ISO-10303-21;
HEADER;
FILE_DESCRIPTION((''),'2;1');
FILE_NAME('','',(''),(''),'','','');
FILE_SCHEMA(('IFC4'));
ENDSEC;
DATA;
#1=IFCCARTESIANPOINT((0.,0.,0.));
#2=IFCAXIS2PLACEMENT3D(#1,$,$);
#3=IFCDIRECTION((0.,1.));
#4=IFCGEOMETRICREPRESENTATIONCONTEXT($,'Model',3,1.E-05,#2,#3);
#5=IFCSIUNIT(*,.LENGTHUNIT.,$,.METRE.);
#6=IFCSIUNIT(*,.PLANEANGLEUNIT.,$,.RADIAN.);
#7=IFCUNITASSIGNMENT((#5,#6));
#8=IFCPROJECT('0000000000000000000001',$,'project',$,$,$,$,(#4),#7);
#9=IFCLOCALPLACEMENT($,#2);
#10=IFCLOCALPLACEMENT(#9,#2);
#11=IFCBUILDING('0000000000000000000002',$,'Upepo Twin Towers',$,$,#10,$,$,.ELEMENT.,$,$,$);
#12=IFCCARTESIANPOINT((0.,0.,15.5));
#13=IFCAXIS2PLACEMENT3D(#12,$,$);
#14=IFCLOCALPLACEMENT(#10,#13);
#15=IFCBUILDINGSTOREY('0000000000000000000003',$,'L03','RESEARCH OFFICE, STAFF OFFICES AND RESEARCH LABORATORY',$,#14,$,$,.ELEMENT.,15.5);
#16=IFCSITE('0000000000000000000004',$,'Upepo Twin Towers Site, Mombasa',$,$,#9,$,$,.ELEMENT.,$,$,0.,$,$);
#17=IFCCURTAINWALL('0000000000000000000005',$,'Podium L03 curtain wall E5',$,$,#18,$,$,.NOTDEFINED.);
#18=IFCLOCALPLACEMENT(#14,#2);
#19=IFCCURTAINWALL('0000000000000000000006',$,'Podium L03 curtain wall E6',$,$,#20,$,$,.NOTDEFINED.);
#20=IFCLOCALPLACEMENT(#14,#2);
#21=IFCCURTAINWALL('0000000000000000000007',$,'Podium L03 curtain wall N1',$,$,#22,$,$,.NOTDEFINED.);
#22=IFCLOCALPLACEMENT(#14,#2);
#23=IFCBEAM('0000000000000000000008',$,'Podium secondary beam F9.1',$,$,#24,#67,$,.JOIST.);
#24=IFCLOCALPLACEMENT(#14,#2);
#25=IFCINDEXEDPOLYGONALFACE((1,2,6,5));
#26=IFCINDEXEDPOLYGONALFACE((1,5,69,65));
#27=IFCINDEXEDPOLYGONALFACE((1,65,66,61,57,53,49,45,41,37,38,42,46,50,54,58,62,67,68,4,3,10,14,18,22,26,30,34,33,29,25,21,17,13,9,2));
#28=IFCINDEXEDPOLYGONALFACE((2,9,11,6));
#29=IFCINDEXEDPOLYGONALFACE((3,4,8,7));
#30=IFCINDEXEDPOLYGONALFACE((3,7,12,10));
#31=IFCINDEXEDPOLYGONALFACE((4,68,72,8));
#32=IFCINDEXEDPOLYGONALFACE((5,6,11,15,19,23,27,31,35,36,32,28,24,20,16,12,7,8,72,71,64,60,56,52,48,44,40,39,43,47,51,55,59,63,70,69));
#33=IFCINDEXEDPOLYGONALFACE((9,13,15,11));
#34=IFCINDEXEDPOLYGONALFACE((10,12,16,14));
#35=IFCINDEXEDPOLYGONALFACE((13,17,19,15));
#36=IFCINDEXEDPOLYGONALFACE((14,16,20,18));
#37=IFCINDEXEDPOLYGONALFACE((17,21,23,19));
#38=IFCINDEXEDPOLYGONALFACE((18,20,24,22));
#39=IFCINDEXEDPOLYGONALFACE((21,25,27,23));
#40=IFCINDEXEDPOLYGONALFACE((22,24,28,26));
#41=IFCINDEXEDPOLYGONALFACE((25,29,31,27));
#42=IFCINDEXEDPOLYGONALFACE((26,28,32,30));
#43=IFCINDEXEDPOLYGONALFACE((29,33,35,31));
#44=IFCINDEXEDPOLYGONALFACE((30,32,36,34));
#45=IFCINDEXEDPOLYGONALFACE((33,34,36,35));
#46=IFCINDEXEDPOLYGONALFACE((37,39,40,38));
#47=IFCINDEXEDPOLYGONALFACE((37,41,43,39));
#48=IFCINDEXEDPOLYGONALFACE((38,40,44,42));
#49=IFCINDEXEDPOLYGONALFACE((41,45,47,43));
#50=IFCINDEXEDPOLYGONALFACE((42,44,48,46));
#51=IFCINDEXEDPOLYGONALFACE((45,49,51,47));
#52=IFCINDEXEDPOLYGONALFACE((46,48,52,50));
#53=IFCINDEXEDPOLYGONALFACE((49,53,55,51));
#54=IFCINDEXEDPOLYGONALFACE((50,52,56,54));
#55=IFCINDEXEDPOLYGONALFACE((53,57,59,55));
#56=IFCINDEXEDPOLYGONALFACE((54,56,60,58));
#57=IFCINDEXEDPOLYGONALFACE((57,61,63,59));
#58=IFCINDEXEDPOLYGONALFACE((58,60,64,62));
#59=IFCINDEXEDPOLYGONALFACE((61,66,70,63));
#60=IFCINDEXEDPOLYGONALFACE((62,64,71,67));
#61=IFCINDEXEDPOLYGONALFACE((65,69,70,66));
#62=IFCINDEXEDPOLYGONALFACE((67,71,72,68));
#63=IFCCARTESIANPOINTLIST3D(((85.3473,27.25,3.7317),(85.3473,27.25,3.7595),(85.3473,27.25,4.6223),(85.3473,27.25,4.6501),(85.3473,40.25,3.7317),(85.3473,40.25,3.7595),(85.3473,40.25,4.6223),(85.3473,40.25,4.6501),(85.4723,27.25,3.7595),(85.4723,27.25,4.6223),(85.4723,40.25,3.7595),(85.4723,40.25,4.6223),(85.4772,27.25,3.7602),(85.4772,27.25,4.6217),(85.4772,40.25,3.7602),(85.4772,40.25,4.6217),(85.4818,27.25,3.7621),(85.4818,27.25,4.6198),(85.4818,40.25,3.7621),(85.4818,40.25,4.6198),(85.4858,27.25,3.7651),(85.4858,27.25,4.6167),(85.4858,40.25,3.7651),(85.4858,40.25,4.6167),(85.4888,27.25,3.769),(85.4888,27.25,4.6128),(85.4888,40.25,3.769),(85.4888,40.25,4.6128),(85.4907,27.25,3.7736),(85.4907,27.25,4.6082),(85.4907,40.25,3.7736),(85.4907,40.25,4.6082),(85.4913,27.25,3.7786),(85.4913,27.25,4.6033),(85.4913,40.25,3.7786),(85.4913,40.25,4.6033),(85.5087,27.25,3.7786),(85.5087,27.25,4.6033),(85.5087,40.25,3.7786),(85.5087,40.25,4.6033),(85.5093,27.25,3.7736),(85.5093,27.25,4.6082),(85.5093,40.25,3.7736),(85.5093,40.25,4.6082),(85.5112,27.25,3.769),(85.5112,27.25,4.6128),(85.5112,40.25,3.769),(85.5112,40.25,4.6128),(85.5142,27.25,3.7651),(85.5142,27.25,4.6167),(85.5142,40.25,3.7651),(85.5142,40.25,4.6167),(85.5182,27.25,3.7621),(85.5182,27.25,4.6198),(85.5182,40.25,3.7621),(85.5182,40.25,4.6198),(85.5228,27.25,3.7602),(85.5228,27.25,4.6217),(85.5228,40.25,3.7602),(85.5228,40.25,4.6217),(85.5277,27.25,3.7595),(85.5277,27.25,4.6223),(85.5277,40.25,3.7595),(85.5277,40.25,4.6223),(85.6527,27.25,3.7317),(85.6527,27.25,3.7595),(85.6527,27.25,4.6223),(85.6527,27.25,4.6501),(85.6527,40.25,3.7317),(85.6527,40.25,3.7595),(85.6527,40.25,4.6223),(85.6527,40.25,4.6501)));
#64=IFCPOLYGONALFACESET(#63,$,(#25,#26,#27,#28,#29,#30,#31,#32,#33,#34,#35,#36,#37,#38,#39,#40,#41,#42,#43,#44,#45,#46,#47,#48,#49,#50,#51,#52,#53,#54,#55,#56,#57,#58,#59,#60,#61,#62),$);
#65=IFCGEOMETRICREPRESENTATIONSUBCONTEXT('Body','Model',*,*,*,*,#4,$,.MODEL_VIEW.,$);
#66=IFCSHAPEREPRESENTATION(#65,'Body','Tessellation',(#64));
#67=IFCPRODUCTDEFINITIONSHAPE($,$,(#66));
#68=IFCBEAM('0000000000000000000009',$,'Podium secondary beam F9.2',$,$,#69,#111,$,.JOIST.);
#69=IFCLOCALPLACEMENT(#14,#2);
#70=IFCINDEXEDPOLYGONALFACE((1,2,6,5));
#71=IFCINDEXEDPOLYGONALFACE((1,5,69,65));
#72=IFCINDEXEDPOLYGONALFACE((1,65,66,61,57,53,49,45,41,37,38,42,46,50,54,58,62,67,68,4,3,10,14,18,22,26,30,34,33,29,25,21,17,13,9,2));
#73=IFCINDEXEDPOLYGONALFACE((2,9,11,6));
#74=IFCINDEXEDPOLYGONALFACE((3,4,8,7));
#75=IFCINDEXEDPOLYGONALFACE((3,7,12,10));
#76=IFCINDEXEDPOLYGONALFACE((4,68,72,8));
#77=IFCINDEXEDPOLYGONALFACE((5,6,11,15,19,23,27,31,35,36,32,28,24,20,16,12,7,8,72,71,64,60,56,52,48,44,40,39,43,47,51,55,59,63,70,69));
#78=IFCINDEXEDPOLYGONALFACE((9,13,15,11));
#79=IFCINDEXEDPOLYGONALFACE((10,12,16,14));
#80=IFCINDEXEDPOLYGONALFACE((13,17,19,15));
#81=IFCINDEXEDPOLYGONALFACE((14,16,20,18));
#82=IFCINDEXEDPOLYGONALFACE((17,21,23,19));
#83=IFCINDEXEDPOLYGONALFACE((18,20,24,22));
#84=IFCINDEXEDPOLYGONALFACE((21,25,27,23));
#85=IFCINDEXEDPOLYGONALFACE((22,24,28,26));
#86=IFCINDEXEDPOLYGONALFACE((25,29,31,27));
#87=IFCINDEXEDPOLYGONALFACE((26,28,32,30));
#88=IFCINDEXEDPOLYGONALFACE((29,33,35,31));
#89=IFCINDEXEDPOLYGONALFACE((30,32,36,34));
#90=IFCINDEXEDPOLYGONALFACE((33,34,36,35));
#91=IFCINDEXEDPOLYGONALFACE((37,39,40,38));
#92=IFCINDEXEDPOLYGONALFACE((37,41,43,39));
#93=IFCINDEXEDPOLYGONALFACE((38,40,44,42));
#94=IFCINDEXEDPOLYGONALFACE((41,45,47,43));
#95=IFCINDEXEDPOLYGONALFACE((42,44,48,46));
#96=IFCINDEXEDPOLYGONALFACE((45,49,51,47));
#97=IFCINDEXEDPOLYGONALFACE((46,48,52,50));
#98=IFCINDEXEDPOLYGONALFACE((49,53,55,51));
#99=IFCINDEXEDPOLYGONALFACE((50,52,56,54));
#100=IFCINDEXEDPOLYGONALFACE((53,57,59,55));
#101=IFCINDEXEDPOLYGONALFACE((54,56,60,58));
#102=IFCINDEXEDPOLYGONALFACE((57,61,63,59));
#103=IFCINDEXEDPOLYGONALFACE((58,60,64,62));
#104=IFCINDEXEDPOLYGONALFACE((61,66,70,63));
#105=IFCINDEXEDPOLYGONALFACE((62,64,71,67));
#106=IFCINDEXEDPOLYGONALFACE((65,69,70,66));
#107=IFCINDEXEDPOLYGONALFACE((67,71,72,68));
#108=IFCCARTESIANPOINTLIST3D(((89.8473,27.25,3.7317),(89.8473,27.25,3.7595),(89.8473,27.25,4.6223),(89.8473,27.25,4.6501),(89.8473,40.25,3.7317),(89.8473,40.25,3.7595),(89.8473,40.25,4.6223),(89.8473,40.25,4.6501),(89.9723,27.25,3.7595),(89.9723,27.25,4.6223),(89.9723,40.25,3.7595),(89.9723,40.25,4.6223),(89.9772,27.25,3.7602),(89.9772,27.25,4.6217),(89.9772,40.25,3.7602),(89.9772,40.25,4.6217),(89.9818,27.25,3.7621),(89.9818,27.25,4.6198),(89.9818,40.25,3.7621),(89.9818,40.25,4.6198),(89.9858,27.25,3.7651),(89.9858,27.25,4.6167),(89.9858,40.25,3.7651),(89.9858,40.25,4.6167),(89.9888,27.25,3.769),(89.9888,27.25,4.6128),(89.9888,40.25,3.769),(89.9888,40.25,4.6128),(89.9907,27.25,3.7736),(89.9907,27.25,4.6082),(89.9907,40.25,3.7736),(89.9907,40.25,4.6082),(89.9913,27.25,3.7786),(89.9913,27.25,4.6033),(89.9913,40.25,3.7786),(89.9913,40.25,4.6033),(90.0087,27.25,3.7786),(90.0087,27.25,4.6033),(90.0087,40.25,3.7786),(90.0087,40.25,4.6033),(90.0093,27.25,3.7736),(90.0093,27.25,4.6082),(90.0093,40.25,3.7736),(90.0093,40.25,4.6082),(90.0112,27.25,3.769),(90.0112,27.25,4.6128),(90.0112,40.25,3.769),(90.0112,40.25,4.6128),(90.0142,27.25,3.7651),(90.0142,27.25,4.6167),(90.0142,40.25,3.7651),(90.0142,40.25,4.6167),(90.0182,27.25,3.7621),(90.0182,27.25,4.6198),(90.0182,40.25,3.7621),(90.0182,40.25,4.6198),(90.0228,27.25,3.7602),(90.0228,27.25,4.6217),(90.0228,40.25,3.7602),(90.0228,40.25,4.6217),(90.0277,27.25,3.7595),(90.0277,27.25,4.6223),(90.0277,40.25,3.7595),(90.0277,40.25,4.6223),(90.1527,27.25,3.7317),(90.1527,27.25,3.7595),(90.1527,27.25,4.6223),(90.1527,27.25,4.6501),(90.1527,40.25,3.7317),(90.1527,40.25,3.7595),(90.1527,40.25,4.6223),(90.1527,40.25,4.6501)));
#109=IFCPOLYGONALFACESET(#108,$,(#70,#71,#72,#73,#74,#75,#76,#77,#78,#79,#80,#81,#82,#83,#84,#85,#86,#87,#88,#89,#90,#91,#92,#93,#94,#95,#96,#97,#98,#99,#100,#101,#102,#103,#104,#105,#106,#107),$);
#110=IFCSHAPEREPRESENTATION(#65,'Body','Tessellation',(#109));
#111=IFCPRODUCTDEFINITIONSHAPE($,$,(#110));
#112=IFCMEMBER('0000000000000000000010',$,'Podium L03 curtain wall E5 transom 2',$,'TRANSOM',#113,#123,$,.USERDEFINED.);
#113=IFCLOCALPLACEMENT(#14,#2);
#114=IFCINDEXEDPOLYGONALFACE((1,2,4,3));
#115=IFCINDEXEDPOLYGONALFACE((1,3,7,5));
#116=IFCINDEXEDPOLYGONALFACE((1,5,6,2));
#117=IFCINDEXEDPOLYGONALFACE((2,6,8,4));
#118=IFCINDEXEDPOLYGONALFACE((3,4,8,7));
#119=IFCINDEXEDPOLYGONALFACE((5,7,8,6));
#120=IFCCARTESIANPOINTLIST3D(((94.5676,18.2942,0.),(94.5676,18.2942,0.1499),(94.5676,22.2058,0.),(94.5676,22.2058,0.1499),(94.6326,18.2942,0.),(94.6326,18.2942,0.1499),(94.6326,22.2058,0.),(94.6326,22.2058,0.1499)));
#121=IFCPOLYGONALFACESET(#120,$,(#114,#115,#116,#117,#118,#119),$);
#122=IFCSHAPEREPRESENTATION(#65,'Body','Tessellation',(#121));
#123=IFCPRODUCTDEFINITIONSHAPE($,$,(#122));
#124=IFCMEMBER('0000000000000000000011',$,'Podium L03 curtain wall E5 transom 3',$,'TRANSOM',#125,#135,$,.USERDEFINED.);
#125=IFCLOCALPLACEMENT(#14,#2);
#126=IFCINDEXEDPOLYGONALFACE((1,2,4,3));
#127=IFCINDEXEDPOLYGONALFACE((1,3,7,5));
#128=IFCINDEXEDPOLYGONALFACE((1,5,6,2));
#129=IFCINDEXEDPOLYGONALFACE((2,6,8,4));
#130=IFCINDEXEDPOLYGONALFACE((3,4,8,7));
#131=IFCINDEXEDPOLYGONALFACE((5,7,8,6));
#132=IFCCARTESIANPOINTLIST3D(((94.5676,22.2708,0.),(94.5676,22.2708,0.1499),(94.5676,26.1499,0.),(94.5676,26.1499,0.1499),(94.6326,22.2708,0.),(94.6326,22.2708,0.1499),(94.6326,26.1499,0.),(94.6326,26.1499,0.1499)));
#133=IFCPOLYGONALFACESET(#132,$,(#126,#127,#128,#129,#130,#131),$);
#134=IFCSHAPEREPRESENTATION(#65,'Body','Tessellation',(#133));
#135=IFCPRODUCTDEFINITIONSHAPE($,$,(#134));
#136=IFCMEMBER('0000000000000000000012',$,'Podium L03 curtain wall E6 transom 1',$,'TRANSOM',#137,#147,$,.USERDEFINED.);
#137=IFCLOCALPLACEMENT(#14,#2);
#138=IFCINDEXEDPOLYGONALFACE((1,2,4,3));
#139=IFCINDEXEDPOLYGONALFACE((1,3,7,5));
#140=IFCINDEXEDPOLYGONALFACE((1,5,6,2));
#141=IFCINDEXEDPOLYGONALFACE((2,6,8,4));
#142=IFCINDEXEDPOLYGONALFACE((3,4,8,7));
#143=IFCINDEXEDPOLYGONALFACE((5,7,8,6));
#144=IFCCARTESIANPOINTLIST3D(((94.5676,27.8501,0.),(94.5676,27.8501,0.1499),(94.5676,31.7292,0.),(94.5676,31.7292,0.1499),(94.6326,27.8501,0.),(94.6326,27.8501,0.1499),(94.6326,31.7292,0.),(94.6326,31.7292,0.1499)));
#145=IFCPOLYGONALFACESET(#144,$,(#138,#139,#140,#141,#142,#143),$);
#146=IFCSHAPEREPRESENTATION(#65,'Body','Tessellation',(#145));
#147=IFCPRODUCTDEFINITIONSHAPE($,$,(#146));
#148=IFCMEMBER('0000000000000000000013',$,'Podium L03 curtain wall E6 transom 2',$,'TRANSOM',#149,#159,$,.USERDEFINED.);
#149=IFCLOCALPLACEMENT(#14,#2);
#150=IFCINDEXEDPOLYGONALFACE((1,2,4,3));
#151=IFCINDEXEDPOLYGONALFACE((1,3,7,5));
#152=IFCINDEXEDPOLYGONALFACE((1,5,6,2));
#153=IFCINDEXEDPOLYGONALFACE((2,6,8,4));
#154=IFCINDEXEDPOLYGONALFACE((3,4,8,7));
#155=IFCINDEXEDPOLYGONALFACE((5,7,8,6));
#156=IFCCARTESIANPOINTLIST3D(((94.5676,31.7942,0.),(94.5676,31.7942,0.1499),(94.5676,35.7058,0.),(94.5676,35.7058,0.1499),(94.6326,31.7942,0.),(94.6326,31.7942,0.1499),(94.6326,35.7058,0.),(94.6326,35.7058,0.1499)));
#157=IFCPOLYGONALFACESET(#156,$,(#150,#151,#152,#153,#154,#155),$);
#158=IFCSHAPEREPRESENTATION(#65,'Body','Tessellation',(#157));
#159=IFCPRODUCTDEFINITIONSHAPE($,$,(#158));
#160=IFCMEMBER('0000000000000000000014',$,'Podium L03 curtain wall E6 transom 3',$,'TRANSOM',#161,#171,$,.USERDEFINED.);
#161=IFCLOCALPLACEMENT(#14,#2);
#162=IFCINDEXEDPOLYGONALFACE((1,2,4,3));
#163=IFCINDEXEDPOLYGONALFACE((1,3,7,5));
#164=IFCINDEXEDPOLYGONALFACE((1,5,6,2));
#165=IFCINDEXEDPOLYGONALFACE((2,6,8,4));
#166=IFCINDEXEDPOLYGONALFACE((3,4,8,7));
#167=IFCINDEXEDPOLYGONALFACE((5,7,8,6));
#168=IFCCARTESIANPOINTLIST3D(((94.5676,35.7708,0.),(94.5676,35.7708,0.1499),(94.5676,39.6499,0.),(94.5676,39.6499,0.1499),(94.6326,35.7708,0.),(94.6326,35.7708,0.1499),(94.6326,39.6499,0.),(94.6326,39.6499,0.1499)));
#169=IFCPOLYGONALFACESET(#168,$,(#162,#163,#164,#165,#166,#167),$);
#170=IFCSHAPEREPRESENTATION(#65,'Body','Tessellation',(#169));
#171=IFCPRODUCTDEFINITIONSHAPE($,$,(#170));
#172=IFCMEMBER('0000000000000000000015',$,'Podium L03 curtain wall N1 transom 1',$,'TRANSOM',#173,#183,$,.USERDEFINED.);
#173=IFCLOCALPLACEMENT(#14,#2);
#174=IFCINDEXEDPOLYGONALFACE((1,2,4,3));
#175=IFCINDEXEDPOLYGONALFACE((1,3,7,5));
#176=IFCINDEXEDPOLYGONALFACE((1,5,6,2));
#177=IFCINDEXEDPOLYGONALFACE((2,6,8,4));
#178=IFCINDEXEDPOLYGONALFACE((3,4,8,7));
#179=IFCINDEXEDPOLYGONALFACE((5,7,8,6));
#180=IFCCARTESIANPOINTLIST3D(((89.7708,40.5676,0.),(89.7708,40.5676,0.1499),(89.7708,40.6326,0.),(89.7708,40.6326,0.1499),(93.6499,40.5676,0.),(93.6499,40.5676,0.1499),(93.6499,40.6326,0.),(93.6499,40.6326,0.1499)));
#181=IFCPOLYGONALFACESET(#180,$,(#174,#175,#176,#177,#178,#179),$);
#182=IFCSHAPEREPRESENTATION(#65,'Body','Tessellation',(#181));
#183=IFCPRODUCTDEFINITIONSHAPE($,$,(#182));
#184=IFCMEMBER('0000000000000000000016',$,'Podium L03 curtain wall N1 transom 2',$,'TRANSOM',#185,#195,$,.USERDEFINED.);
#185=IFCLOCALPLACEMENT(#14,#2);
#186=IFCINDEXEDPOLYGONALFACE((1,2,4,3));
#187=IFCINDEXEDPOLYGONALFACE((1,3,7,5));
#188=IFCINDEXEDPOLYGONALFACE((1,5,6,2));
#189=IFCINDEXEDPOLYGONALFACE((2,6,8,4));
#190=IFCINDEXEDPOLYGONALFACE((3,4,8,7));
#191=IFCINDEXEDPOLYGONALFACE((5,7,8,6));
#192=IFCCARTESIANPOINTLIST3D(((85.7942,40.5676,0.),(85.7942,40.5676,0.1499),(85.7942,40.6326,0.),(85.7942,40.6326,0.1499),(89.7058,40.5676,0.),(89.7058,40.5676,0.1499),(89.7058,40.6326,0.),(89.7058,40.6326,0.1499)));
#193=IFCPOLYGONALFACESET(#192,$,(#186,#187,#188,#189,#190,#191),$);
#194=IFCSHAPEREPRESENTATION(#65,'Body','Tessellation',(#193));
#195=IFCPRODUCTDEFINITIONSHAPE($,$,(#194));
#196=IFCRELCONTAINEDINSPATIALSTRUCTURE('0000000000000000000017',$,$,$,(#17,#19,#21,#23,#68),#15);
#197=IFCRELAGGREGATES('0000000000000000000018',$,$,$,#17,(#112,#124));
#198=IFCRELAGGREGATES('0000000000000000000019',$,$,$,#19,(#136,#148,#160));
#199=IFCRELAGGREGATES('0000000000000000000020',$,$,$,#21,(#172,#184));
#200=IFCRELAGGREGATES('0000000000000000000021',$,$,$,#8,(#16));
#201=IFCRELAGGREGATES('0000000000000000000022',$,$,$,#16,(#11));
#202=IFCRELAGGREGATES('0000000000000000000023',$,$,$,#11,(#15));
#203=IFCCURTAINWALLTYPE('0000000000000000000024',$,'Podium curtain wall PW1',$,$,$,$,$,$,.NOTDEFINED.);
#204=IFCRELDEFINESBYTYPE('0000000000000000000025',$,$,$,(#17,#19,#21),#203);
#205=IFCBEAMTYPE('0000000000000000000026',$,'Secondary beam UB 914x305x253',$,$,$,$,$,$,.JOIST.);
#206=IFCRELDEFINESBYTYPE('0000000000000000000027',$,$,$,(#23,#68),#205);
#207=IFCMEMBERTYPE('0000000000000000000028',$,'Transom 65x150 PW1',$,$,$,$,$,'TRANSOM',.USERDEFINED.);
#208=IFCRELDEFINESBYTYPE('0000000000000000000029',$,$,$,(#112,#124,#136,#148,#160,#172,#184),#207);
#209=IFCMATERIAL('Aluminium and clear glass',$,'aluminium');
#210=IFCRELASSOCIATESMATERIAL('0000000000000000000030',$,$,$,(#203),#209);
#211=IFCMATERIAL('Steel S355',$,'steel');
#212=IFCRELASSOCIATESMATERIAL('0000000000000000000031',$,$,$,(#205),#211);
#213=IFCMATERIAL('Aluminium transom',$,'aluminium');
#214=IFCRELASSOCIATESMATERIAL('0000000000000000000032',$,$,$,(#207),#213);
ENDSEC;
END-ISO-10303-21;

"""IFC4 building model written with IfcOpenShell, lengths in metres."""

from ifc_helpers import new_model, si_unit, direction, frame, origin, origin_2d, place, context, subcontext, project, spatial, rectangle, i_section, extrude, material, material_profile, profile_set, type_object, element, aggregate, save


model = new_model("IFC4")

# Units and contexts
model_context = context("Model", 3, precision=1e-05, world=origin(), true_north=direction((0.0, 1.0)))
body_context = subcontext(model_context, "Body", "Model", "MODEL_VIEW")
ifc_project = project(units=[si_unit("LENGTHUNIT", "METRE"), si_unit("PLANEANGLEUNIT", "RADIAN")], contexts=[model_context])

# Site, building, storey
site_placement = place(None, origin())
site = spatial("IfcSite", under=ifc_project, at=site_placement, Name="Upepo Twin Towers Site, Mombasa", CompositionType="ELEMENT", RefElevation=0.0)
building_placement = place(site_placement, origin())
building = spatial("IfcBuilding", under=site, at=building_placement, Name="Upepo Twin Towers", CompositionType="ELEMENT")
storey_placement = place(building_placement, frame((0.0, 0.0, 15.5)))
storey = spatial("IfcBuildingStorey", under=building, at=storey_placement, Name="L03", Description="RESEARCH OFFICE, STAFF OFFICES AND RESEARCH LABORATORY", CompositionType="ELEMENT", Elevation=15.5)

# Curtain walls
ifc_material_1 = material(Name="Aluminium and clear glass", Category="aluminium")
curtain_wall_type = type_object("IfcCurtainWallType", Name="Podium curtain wall PW1", PredefinedType="NOTDEFINED", material=ifc_material_1)
curtain_wall_1_placement = place(storey_placement, origin())
curtain_wall_1 = element("IfcCurtainWall", 1, at=curtain_wall_1_placement, inside=storey, type_object=curtain_wall_type, Name="Podium L03 curtain wall E5", PredefinedType="NOTDEFINED")
curtain_wall_2_placement = place(storey_placement, origin())
curtain_wall_2 = element("IfcCurtainWall", 2, at=curtain_wall_2_placement, inside=storey, type_object=curtain_wall_type, Name="Podium L03 curtain wall E6", PredefinedType="NOTDEFINED")
curtain_wall_3_placement = place(storey_placement, origin())
curtain_wall_3 = element("IfcCurtainWall", 3, at=curtain_wall_3_placement, inside=storey, type_object=curtain_wall_type, Name="Podium L03 curtain wall N1", PredefinedType="NOTDEFINED")

# Beams
ifc_material_2 = material(Name="Steel S355", Category="steel")
ifc_material_profile_1 = material_profile(ifc_material_2, i_section(OverallWidth=0.3054, OverallDepth=0.9185, WebThickness=0.0173, FlangeThickness=0.0278, FilletRadius=0.019, at=origin_2d()), Name="UB 914x305x253")
ifc_profile_set_1 = profile_set([ifc_material_profile_1], Name="Steel S355")
beam_type_1 = type_object("IfcBeamType", Name="Secondary beam UB 914x305x253", PredefinedType="JOIST", material=ifc_profile_set_1)
for number, where, z_axis, x_axis, name in (
    (4, (85.5, 27.25, 4.1909), (0.0, 1.0, 0.0), (-1.0, 0.0, 0.0), "Podium secondary beam F9.1"),
    (5, (90.0, 27.25, 4.1909), (0.0, 1.0, 0.0), (-1.0, 0.0, 0.0), "Podium secondary beam F9.2"),
):
    element("IfcBeam", number, at=place(storey_placement, frame(where, z_axis=z_axis, x_axis=x_axis)), inside=storey, type_object=beam_type_1, Name=name, PredefinedType="JOIST", context=body_context, shape_type="SweptSolid", body=[
        extrude(i_section(OverallWidth=0.3054, OverallDepth=0.9185, WebThickness=0.0173, FlangeThickness=0.0278, FilletRadius=0.019, at=origin_2d()), origin(), (0.0, 0.0, 1.0), 13.0),
    ])

# Members
ifc_material_3 = material(Name="Aluminium transom", Category="aluminium")
ifc_material_profile_2 = material_profile(ifc_material_3, rectangle(XDim=0.0649, YDim=0.1499, at=origin_2d()), Name="TRANSOM 65x150 PODIUM")
ifc_profile_set_2 = profile_set([ifc_material_profile_2], Name="Aluminium transom")
member_type_1 = type_object("IfcMemberType", Name="Transom 65x150 PW1", ElementType="TRANSOM", PredefinedType="USERDEFINED", material=ifc_profile_set_2)
member_1_placement = place(storey_placement, frame((94.6001, 18.2942, 0.075), z_axis=(0.0, 1.0, 0.0), x_axis=(-1.0, 0.0, 0.0)))
member_1 = element("IfcMember", 6, at=member_1_placement, type_object=member_type_1, Name="Podium L03 curtain wall E5 transom 2", ObjectType="TRANSOM", PredefinedType="USERDEFINED", context=body_context, shape_type="SweptSolid", body=[
    extrude(rectangle(XDim=0.0649, YDim=0.1499, at=origin_2d()), origin(), (0.0, 0.0, 1.0), 3.9116),
])
member_2_placement = place(storey_placement, frame((94.6001, 22.2708, 0.075), z_axis=(0.0, 1.0, 0.0), x_axis=(-1.0, 0.0, 0.0)))
member_2 = element("IfcMember", 7, at=member_2_placement, type_object=member_type_1, Name="Podium L03 curtain wall E5 transom 3", ObjectType="TRANSOM", PredefinedType="USERDEFINED", context=body_context, shape_type="SweptSolid", body=[
    extrude(rectangle(XDim=0.0649, YDim=0.1499, at=origin_2d()), origin(), (0.0, 0.0, 1.0), 3.8792),
])
member_3_placement = place(storey_placement, frame((94.6001, 27.8501, 0.075), z_axis=(0.0, 1.0, 0.0), x_axis=(-1.0, 0.0, 0.0)))
member_3 = element("IfcMember", 8, at=member_3_placement, type_object=member_type_1, Name="Podium L03 curtain wall E6 transom 1", ObjectType="TRANSOM", PredefinedType="USERDEFINED", context=body_context, shape_type="SweptSolid", body=[
    extrude(rectangle(XDim=0.0649, YDim=0.1499, at=origin_2d()), origin(), (0.0, 0.0, 1.0), 3.8792),
])
member_4_placement = place(storey_placement, frame((94.6001, 31.7942, 0.075), z_axis=(0.0, 1.0, 0.0), x_axis=(-1.0, 0.0, 0.0)))
member_4 = element("IfcMember", 9, at=member_4_placement, type_object=member_type_1, Name="Podium L03 curtain wall E6 transom 2", ObjectType="TRANSOM", PredefinedType="USERDEFINED", context=body_context, shape_type="SweptSolid", body=[
    extrude(rectangle(XDim=0.0649, YDim=0.1499, at=origin_2d()), origin(), (0.0, 0.0, 1.0), 3.9116),
])
member_5_placement = place(storey_placement, frame((94.6001, 35.7708, 0.075), z_axis=(0.0, 1.0, 0.0), x_axis=(-1.0, 0.0, 0.0)))
member_5 = element("IfcMember", 10, at=member_5_placement, type_object=member_type_1, Name="Podium L03 curtain wall E6 transom 3", ObjectType="TRANSOM", PredefinedType="USERDEFINED", context=body_context, shape_type="SweptSolid", body=[
    extrude(rectangle(XDim=0.0649, YDim=0.1499, at=origin_2d()), origin(), (0.0, 0.0, 1.0), 3.8792),
])
member_6_placement = place(storey_placement, frame((93.6499, 40.6001, 0.075), z_axis=(-1.0, 0.0, 0.0), x_axis=(0.0, -1.0, 0.0)))
member_6 = element("IfcMember", 11, at=member_6_placement, type_object=member_type_1, Name="Podium L03 curtain wall N1 transom 1", ObjectType="TRANSOM", PredefinedType="USERDEFINED", context=body_context, shape_type="SweptSolid", body=[
    extrude(rectangle(XDim=0.0649, YDim=0.1499, at=origin_2d()), origin(), (0.0, 0.0, 1.0), 3.8792),
])
member_7_placement = place(storey_placement, frame((89.7058, 40.6001, 0.075), z_axis=(-1.0, 0.0, 0.0), x_axis=(0.0, -1.0, 0.0)))
member_7 = element("IfcMember", 12, at=member_7_placement, type_object=member_type_1, Name="Podium L03 curtain wall N1 transom 2", ObjectType="TRANSOM", PredefinedType="USERDEFINED", context=body_context, shape_type="SweptSolid", body=[
    extrude(rectangle(XDim=0.0649, YDim=0.1499, at=origin_2d()), origin(), (0.0, 0.0, 1.0), 3.9116),
])

aggregate(curtain_wall_1, [member_1, member_2])
aggregate(curtain_wall_2, [member_3, member_4, member_5])
aggregate(curtain_wall_3, [member_6, member_7])

save(model, "model.ifc")
